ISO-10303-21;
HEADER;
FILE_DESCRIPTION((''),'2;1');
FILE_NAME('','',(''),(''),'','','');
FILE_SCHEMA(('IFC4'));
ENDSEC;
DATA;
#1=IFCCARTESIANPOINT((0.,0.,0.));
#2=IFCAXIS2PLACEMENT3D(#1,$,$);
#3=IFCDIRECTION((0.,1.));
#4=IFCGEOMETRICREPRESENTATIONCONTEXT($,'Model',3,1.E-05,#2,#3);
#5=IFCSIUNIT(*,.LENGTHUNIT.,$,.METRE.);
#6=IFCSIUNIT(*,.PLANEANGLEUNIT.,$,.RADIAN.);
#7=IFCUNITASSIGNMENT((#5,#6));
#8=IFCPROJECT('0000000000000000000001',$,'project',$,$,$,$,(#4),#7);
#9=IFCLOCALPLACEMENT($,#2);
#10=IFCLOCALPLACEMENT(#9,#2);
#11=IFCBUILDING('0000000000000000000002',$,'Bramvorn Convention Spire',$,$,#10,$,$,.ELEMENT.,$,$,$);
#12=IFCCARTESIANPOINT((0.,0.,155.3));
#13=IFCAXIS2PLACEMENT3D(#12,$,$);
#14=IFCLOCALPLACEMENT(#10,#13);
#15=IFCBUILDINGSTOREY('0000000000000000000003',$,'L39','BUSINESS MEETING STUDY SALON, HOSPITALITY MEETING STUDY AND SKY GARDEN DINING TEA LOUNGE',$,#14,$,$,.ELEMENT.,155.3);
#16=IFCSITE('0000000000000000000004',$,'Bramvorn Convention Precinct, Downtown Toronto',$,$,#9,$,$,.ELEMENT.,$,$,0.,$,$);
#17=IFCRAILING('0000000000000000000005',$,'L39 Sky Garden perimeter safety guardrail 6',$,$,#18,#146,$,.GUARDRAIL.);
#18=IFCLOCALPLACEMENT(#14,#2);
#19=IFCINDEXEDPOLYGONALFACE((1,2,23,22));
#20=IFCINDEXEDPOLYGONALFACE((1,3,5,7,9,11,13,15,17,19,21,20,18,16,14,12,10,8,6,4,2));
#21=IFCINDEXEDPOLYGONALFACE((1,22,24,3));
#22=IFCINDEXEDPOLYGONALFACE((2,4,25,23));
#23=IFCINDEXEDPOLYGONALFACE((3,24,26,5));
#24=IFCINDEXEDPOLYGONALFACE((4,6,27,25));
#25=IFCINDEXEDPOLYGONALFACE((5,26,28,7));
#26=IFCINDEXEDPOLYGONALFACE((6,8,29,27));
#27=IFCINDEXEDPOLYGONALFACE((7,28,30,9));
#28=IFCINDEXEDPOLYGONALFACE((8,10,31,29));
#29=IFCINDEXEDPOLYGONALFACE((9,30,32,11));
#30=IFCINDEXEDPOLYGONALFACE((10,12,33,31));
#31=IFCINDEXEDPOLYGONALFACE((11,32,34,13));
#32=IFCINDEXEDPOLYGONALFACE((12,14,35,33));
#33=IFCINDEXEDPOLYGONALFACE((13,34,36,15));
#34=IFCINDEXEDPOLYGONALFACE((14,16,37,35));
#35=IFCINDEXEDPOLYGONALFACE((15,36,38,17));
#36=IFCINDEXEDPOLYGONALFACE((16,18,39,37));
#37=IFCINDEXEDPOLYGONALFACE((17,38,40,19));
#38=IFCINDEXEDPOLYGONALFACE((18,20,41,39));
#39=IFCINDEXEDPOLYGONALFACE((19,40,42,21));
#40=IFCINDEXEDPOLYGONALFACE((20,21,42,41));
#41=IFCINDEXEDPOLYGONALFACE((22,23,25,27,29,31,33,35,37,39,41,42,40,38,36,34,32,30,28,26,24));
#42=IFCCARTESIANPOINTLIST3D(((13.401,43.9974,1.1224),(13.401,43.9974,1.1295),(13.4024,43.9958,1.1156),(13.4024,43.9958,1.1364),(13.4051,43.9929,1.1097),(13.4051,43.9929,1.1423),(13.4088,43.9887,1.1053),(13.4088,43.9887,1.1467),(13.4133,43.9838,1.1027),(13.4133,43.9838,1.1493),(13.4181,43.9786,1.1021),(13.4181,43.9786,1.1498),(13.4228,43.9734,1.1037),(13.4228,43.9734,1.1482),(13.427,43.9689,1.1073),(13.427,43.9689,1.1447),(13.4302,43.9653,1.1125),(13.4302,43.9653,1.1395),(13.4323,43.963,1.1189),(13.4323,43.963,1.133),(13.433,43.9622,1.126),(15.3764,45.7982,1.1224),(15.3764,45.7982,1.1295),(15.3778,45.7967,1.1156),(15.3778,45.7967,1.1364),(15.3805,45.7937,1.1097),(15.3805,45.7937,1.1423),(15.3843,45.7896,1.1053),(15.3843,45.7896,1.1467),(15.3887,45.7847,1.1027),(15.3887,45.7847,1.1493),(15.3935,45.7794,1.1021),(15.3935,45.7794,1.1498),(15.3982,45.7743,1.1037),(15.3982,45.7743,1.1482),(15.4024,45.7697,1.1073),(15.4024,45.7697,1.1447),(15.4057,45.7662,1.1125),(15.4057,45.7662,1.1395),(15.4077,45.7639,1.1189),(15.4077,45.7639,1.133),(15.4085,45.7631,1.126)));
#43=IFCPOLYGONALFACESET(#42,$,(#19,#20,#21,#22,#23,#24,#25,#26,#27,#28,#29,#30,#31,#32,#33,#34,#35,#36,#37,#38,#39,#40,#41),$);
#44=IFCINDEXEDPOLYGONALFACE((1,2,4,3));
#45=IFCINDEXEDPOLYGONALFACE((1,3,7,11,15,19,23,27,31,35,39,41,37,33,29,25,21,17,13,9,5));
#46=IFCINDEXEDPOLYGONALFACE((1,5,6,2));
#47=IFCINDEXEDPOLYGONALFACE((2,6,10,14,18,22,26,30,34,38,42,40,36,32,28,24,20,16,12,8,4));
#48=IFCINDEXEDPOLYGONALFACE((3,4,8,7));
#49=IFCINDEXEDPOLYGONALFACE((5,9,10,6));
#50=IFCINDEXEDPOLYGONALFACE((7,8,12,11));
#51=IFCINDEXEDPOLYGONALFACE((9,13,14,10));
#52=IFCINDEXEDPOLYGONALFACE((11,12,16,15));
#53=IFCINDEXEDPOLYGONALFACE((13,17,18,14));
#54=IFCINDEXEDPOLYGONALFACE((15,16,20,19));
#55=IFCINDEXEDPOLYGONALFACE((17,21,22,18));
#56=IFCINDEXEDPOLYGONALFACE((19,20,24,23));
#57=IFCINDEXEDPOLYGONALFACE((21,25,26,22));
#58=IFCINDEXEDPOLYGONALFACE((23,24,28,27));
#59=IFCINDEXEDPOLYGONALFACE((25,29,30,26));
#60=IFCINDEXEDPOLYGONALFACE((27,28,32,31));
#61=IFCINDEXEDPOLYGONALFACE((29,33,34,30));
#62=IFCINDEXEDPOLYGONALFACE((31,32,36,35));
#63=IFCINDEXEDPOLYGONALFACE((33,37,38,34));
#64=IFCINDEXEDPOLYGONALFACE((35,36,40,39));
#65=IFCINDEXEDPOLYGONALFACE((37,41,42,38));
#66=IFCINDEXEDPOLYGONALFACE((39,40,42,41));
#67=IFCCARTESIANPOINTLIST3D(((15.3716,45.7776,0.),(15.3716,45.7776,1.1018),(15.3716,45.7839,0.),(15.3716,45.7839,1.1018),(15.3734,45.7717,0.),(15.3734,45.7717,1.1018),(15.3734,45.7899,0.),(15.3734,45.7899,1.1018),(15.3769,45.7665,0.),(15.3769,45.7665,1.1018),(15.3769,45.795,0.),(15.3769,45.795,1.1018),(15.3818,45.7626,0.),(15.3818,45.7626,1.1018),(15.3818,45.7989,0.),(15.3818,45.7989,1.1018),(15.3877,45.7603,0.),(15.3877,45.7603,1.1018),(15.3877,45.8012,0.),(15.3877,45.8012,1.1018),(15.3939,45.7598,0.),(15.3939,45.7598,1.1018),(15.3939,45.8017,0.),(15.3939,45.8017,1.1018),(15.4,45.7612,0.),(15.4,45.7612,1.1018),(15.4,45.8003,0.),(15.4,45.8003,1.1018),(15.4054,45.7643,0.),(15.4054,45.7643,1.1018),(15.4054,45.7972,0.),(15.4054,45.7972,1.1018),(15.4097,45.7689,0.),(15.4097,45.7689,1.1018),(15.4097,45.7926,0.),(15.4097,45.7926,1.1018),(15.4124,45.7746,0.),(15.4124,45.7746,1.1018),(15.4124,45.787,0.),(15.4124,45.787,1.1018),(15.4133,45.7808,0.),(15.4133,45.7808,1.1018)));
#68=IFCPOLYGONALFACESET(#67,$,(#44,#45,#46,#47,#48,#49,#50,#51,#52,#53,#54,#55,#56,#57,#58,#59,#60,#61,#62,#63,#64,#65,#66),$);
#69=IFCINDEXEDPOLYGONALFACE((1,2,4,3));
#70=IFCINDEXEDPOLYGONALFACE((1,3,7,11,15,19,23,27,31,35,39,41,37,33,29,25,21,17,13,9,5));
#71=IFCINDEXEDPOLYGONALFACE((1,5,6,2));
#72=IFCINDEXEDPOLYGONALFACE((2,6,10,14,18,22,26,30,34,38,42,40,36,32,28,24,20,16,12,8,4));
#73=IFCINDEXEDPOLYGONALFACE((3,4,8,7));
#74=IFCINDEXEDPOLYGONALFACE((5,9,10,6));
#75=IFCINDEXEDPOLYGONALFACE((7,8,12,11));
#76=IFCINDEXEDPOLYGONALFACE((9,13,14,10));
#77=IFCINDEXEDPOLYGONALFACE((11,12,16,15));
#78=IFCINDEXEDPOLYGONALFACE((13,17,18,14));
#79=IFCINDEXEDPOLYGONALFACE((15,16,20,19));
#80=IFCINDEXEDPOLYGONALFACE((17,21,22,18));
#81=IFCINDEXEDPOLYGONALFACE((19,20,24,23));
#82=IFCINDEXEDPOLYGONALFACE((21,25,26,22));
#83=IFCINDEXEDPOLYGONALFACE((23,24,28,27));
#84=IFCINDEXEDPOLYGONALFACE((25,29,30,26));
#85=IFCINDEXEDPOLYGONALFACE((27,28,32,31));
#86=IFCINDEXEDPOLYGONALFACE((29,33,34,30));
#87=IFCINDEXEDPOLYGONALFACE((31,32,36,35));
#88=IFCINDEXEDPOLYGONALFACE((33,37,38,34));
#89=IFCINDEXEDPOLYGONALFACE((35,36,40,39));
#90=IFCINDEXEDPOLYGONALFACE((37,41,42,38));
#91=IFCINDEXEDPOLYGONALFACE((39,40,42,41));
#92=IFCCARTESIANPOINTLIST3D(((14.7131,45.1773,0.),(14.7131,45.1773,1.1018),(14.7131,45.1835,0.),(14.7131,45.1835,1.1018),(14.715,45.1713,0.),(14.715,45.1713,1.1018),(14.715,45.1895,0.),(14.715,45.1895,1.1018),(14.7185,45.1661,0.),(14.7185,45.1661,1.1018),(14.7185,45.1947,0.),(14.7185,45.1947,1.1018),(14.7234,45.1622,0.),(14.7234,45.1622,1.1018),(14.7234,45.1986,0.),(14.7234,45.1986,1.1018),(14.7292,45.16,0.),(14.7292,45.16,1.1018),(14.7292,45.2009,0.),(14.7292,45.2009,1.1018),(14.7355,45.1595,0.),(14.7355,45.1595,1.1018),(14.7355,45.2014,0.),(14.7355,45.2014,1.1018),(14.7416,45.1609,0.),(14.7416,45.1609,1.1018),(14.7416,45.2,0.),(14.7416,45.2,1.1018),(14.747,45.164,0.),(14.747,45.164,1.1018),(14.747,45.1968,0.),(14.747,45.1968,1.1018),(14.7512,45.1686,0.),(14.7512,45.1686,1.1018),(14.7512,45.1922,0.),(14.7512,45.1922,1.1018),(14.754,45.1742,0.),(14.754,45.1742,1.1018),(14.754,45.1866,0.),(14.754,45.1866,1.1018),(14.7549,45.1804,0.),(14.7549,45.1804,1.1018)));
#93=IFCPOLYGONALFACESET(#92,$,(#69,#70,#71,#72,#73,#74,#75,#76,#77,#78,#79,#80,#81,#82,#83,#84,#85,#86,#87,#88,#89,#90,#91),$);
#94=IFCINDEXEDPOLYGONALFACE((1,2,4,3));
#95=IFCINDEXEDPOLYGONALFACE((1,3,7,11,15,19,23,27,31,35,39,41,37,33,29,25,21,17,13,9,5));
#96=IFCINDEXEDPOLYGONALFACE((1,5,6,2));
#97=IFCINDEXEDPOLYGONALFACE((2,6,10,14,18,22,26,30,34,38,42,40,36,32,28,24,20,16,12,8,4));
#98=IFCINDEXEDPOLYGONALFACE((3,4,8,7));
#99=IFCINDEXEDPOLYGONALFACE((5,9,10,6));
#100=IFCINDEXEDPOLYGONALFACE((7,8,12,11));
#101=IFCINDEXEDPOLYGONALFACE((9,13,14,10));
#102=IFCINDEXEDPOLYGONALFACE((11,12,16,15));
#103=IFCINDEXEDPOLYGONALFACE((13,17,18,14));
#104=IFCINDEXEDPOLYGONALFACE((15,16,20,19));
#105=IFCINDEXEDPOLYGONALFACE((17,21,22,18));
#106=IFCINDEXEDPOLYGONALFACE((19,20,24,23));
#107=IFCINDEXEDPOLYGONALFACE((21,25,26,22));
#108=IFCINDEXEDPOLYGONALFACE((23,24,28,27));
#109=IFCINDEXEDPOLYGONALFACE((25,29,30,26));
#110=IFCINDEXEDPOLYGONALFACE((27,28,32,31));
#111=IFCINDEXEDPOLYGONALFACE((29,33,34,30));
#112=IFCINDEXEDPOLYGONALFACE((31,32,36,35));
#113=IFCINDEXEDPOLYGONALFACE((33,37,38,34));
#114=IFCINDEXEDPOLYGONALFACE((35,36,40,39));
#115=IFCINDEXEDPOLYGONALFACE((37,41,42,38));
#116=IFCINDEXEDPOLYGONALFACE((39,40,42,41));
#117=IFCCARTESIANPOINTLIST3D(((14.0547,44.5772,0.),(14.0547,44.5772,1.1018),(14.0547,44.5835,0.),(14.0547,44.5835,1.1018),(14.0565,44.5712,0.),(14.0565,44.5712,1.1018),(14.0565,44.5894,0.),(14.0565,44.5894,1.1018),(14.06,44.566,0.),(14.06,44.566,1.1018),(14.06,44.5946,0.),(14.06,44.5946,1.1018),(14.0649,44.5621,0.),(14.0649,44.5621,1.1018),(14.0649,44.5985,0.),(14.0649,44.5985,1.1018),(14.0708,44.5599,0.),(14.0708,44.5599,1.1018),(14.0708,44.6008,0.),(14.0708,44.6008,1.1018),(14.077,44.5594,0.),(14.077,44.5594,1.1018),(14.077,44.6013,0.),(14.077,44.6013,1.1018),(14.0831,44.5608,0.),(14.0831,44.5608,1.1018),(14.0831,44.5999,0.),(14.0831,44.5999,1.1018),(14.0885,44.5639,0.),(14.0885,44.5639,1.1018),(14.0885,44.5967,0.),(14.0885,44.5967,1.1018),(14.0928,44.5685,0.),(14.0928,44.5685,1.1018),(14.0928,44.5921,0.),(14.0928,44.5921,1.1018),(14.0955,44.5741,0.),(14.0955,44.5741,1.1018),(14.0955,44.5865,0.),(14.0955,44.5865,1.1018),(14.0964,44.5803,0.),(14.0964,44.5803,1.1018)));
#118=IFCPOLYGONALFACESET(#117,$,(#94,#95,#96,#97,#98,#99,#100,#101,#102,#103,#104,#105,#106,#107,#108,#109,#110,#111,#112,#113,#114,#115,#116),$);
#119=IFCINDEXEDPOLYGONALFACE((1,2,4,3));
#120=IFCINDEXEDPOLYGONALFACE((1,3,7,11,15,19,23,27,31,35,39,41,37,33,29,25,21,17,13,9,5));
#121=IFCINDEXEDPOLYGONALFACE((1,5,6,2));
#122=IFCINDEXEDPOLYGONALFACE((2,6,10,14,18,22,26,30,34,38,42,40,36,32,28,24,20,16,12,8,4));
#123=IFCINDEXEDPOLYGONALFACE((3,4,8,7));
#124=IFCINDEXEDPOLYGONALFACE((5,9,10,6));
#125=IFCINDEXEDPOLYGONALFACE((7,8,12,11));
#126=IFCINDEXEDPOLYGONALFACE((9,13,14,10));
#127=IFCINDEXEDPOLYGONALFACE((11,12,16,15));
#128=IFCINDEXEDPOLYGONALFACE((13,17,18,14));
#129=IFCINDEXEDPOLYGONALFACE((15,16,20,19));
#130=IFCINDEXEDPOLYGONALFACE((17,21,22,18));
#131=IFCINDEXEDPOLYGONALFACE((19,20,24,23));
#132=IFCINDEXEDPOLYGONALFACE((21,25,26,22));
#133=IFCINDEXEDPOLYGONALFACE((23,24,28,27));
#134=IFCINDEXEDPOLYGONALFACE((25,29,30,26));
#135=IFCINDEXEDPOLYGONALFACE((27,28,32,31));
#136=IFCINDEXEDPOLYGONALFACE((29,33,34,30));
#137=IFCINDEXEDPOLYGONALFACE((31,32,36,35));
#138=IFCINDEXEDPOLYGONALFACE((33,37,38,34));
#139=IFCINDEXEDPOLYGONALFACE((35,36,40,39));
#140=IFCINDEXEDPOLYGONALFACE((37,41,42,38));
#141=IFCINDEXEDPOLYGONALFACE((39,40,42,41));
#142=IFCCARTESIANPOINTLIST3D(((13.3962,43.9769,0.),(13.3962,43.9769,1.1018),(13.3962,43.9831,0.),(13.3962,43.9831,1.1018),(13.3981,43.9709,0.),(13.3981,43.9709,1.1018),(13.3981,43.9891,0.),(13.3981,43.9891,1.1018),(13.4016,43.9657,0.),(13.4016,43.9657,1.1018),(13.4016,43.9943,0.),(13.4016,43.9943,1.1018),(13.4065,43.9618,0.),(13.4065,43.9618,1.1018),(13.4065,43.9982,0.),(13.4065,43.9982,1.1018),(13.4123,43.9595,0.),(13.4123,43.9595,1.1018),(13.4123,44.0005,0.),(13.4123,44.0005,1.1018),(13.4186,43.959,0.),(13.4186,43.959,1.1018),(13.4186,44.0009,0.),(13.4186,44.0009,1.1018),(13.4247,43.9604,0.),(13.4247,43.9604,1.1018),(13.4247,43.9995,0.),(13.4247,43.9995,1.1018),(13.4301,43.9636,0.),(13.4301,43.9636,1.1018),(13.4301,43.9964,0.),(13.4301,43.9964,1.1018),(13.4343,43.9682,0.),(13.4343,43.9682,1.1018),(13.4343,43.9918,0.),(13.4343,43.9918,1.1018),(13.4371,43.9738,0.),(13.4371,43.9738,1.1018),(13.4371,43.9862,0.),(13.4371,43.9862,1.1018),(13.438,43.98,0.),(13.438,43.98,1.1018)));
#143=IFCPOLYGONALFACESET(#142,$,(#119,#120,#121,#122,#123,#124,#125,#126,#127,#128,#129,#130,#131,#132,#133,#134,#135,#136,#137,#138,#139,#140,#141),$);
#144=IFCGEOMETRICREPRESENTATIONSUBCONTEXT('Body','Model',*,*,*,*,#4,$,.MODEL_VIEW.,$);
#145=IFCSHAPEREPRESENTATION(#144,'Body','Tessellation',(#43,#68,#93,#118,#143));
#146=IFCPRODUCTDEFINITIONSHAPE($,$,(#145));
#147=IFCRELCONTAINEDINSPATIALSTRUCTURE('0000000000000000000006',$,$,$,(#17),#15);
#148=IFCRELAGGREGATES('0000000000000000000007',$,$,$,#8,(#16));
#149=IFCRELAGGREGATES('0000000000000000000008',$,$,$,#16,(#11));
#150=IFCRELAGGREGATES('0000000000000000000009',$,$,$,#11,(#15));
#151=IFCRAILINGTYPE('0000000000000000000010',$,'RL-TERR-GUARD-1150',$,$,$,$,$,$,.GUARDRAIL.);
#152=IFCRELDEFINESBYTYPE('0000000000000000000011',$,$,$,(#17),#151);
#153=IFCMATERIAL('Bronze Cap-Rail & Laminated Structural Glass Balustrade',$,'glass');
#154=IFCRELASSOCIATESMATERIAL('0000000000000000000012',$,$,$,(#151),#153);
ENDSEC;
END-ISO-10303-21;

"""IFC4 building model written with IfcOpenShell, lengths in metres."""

from ifc_helpers import new_model, si_unit, direction, frame, origin, origin_2d, place, context, subcontext, project, spatial, circle, extrude, material, type_object, element, save


model = new_model("IFC4")

# Units and contexts
model_context = context("Model", 3, precision=1e-05, world=origin(), true_north=direction((0.0, 1.0)))
body_context = subcontext(model_context, "Body", "Model", "MODEL_VIEW")
ifc_project = project(units=[si_unit("LENGTHUNIT", "METRE"), si_unit("PLANEANGLEUNIT", "RADIAN")], contexts=[model_context])

# Site, building, storey
site_placement = place(None, origin())
site = spatial("IfcSite", under=ifc_project, at=site_placement, Name="Bramvorn Convention Precinct, Downtown Toronto", CompositionType="ELEMENT", RefElevation=0.0)
building_placement = place(site_placement, origin())
building = spatial("IfcBuilding", under=site, at=building_placement, Name="Bramvorn Convention Spire", CompositionType="ELEMENT")
storey_placement = place(building_placement, frame((0.0, 0.0, 155.3)))
storey = spatial("IfcBuildingStorey", under=building, at=storey_placement, Name="L39", Description="BUSINESS MEETING STUDY SALON, HOSPITALITY MEETING STUDY AND SKY GARDEN DINING TEA LOUNGE", CompositionType="ELEMENT", Elevation=155.3)

# Railing
ifc_material_1 = material(Name="Bronze Cap-Rail & Laminated Structural Glass Balustrade", Category="glass")
railing_type = type_object("IfcRailingType", Name="RL-TERR-GUARD-1150", PredefinedType="GUARDRAIL", material=ifc_material_1)
railing_1_placement = place(storey_placement, frame((15.3923, 45.7808, 0.0)))
element("IfcRailing", 1, at=railing_1_placement, inside=storey, type_object=railing_type, Name="L39 Sky Garden perimeter safety guardrail 6", PredefinedType="GUARDRAIL", context=body_context, shape_type="SweptSolid", body=[
    extrude(circle(Radius=0.0239, at=origin_2d()), frame((0.0, 0.0, 1.126), z_axis=(-0.739005, -0.6737, 0.0), x_axis=(0.6737, -0.739005, 0.0)), (0.0, 0.0, 1.0), 2.6731),
    extrude(circle(Radius=0.021, at=origin_2d()), origin(), (0.0, 0.0, 1.0), 1.1018),
    extrude(circle(Radius=0.021, at=origin_2d()), frame((-0.6584, -0.6003, 0.0)), (0.0, 0.0, 1.0), 1.1018),
    extrude(circle(Radius=0.021, at=origin_2d()), frame((-1.3169, -1.2004, 0.0)), (0.0, 0.0, 1.0), 1.1018),
    extrude(circle(Radius=0.021, at=origin_2d()), frame((-1.9753, -1.8008, 0.0)), (0.0, 0.0, 1.0), 1.1018),
])

save(model, "model.ifc")
